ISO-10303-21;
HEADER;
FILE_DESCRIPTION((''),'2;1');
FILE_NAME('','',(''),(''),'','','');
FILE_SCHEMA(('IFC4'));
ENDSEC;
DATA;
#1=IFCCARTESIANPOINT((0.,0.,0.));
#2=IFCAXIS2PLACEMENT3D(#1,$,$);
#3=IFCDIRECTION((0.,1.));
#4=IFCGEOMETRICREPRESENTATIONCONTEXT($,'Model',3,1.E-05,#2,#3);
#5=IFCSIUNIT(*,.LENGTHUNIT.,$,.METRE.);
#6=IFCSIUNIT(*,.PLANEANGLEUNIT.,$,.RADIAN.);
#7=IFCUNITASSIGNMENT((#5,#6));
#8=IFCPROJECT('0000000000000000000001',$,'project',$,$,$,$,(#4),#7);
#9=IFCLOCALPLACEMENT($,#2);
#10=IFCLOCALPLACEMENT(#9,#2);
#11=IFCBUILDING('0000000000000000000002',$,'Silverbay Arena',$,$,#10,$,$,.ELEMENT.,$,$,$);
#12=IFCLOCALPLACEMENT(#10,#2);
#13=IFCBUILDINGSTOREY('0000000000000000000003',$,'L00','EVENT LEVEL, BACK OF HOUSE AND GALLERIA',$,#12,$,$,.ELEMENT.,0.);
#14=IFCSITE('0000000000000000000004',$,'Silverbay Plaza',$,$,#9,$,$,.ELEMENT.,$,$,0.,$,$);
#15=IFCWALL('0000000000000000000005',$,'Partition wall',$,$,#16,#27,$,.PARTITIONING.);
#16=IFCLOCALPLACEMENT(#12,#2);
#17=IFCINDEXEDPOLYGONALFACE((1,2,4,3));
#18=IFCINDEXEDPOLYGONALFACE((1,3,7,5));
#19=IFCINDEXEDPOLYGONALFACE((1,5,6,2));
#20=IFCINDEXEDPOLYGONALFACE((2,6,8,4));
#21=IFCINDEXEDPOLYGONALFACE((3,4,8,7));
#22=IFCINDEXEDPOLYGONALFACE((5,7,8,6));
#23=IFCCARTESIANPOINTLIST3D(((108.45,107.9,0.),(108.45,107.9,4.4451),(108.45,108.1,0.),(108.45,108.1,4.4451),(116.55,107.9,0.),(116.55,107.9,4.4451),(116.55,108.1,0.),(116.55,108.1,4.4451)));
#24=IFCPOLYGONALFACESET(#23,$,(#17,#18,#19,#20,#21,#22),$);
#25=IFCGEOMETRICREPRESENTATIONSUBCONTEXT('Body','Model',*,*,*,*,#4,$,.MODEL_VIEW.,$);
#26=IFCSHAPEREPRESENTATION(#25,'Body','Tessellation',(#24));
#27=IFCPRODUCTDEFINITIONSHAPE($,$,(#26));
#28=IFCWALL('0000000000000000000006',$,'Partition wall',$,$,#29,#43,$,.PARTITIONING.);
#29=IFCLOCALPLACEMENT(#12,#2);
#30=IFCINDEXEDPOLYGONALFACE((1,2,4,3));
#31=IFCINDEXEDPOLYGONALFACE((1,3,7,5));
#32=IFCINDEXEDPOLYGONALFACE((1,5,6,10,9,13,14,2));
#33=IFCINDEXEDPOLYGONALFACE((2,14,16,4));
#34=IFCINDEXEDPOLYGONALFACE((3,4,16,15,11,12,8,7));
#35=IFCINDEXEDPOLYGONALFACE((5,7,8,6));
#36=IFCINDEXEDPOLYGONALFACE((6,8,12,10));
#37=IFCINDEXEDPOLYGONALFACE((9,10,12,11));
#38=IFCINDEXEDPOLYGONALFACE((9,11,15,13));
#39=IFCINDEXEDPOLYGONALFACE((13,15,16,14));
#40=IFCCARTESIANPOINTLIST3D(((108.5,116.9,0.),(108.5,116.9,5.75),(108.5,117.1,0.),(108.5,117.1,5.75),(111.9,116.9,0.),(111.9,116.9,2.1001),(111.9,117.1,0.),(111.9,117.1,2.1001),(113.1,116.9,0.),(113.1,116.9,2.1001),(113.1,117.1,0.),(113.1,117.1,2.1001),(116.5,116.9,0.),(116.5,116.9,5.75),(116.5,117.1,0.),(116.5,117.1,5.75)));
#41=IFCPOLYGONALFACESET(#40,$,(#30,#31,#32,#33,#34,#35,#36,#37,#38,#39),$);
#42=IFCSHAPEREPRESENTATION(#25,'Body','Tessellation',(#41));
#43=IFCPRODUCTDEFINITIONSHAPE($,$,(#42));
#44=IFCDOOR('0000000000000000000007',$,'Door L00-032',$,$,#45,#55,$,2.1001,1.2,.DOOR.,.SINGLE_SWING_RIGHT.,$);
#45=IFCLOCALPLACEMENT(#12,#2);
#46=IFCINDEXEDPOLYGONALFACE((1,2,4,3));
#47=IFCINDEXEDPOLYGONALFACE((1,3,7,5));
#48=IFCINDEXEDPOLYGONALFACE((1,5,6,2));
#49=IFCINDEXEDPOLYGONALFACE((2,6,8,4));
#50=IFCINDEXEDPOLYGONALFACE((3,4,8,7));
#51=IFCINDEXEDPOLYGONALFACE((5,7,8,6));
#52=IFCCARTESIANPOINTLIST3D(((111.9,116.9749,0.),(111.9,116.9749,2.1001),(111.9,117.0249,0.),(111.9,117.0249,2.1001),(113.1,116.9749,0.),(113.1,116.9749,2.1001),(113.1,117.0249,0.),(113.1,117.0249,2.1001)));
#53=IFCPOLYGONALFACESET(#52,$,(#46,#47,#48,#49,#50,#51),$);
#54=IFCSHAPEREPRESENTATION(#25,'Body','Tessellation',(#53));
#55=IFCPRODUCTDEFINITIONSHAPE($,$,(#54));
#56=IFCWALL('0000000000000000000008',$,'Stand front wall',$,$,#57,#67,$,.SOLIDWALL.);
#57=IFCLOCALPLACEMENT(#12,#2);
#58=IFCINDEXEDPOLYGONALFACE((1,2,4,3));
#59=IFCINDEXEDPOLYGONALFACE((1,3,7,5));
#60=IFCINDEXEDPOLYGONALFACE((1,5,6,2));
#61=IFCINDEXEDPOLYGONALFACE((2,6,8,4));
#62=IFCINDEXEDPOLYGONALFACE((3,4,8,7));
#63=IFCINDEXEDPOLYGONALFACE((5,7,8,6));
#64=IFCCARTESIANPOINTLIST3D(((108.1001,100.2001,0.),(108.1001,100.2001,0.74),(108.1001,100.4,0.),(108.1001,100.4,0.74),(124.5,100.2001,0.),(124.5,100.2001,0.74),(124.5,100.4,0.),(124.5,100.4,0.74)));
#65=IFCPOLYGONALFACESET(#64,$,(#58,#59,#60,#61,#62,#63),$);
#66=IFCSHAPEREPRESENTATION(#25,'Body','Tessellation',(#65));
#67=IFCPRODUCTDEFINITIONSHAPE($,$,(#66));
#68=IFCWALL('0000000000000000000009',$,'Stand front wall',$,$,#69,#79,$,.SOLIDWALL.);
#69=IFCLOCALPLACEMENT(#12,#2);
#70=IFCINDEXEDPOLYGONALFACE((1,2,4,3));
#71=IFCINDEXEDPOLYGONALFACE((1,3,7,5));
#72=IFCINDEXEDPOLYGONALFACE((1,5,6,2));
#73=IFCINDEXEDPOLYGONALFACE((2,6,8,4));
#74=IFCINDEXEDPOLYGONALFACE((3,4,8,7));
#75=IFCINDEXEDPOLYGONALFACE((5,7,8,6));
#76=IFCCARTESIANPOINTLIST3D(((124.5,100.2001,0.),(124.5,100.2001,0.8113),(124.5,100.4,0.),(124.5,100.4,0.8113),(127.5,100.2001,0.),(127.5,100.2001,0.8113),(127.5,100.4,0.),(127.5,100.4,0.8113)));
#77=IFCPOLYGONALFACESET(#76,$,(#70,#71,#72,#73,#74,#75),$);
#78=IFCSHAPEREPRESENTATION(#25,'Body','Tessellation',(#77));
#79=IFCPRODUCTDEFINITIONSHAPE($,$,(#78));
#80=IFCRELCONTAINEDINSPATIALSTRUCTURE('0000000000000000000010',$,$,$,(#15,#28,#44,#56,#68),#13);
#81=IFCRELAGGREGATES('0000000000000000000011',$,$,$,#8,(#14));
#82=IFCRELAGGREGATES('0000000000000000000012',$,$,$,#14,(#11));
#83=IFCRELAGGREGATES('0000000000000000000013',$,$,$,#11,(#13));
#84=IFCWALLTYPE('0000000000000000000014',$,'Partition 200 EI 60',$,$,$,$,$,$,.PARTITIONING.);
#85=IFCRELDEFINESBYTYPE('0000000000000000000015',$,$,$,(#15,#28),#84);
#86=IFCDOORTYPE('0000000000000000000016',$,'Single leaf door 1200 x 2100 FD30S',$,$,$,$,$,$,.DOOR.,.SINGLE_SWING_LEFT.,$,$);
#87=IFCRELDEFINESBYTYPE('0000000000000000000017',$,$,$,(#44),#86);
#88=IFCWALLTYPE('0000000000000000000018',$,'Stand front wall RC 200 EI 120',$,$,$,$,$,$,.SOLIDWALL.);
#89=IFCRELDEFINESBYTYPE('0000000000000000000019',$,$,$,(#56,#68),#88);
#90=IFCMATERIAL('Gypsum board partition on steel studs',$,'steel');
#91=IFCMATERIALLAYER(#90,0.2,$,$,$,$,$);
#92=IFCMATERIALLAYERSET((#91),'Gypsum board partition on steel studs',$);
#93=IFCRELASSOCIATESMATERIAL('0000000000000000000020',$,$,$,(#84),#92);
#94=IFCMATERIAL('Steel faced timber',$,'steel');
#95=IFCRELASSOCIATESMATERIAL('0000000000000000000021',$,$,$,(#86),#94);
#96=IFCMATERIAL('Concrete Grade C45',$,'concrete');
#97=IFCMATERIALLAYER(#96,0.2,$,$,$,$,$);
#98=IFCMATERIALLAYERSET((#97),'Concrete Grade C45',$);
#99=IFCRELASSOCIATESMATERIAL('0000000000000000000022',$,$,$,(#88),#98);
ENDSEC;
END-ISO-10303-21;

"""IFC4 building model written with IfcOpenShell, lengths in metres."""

from ifc_helpers import new_model, si_unit, direction, frame, frame_2d, origin, place, context, subcontext, project, spatial, rectangle, extrude, material, layer, layer_set, type_object, element, fill, save


model = new_model("IFC4")

# Units and contexts
model_context = context("Model", 3, precision=1e-05, world=origin(), true_north=direction((0.0, 1.0)))
body_context = subcontext(model_context, "Body", "Model", "MODEL_VIEW")
ifc_project = project(units=[si_unit("LENGTHUNIT", "METRE"), si_unit("PLANEANGLEUNIT", "RADIAN")], contexts=[model_context])

# Site, building, storey
site_placement = place(None, origin())
site = spatial("IfcSite", under=ifc_project, at=site_placement, Name="Silverbay Plaza", CompositionType="ELEMENT", RefElevation=0.0)
building_placement = place(site_placement, origin())
building = spatial("IfcBuilding", under=site, at=building_placement, Name="Silverbay Arena", CompositionType="ELEMENT")
storey_placement = place(building_placement, origin())
storey = spatial("IfcBuildingStorey", under=building, at=storey_placement, Name="L00", Description="EVENT LEVEL, BACK OF HOUSE AND GALLERIA", CompositionType="ELEMENT", Elevation=0.0)

# Wall
ifc_material_1 = material(Name="Gypsum board partition on steel studs", Category="steel")
ifc_layer_1 = layer(ifc_material_1, 0.2)
ifc_layer_set_1 = layer_set([ifc_layer_1], Name="Gypsum board partition on steel studs")
wall_type_1 = type_object("IfcWallType", Name="Partition 200 EI 60", PredefinedType="PARTITIONING", material=ifc_layer_set_1)
for number, where, z_axis, x_axis, name in (
    (1, (108.45, 108.0, 0.0), (0.0, 0.0, 1.0), (1.0, 0.0, 0.0), "Partition wall"),
):
    element("IfcWall", number, at=place(storey_placement, frame(where, z_axis=z_axis, x_axis=x_axis)), inside=storey, type_object=wall_type_1, Name=name, PredefinedType="PARTITIONING", context=body_context, shape_type="SweptSolid", body=[
        extrude(rectangle(XDim=8.1001, YDim=0.2, at=frame_2d((4.05, 0.0))), origin(), (0.0, 0.0, 1.0), 4.4451),
    ])

# Wall, opening, door
wall_1_placement = place(storey_placement, frame((108.5, 117.0, 0.0), z_axis=(0.0, 0.0, 1.0), x_axis=(1.0, 0.0, 0.0)))
wall_1 = element("IfcWall", 2, at=wall_1_placement, inside=storey, type_object=wall_type_1, Name="Partition wall", PredefinedType="PARTITIONING", context=body_context, shape_type="SweptSolid", body=[
    extrude(rectangle(XDim=8.0, YDim=0.2, at=frame_2d((4.0, 0.0))), origin(), (0.0, 0.0, 1.0), 5.75),
])
opening_1_placement = place(wall_1_placement, frame((3.3999, 0.0, 0.0)))
opening_1 = element("IfcOpeningElement", 3, at=opening_1_placement, cuts=wall_1, PredefinedType="OPENING", context=body_context, shape_type="SweptSolid", body=[
    extrude(rectangle(XDim=1.2, YDim=2.1001, at=frame_2d((0.6001, 1.05))), frame((0.0, 0.1099, 0.0), z_axis=(0.0, -1.0, 0.0), x_axis=(1.0, 0.0, 0.0)), (0.0, 0.0, 1.0), 0.22),
])
ifc_material_2 = material(Name="Steel faced timber", Category="steel")
door_type_1 = type_object("IfcDoorType", Name="Single leaf door 1200 x 2100 FD30S", OperationType="SINGLE_SWING_LEFT", PredefinedType="DOOR", material=ifc_material_2)
door_1_placement = place(opening_1_placement, origin())
door_1 = element("IfcDoor", 4, at=door_1_placement, inside=storey, type_object=door_type_1, Name="Door L00-032", OperationType="SINGLE_SWING_RIGHT", OverallHeight=2.1001, OverallWidth=1.2, PredefinedType="DOOR", context=body_context, shape_type="SweptSolid", body=[
    extrude(rectangle(XDim=1.2, YDim=2.1001, at=frame_2d((0.6001, 1.05))), frame((0.0, 0.0249, 0.0), z_axis=(0.0, -1.0, 0.0), x_axis=(1.0, 0.0, 0.0)), (0.0, 0.0, 1.0), 0.05),
])
fill(opening_1, door_1)

# Walls
ifc_material_3 = material(Name="Concrete Grade C45", Category="concrete")
ifc_layer_2 = layer(ifc_material_3, 0.2)
ifc_layer_set_2 = layer_set([ifc_layer_2], Name="Concrete Grade C45")
wall_type_2 = type_object("IfcWallType", Name="Stand front wall RC 200 EI 120", PredefinedType="SOLIDWALL", material=ifc_layer_set_2)
wall_2_placement = place(storey_placement, frame((108.1001, 100.3, 0.0), z_axis=(0.0, 0.0, 1.0), x_axis=(1.0, 0.0, 0.0)))
element("IfcWall", 5, at=wall_2_placement, inside=storey, type_object=wall_type_2, Name="Stand front wall", PredefinedType="SOLIDWALL", context=body_context, shape_type="SweptSolid", body=[
    extrude(rectangle(XDim=16.3999, YDim=0.2, at=frame_2d((8.2, 0.0))), origin(), (0.0, 0.0, 1.0), 0.74),
])
wall_3_placement = place(storey_placement, frame((124.5, 100.3, 0.0), z_axis=(0.0, 0.0, 1.0), x_axis=(1.0, 0.0, 0.0)))
element("IfcWall", 6, at=wall_3_placement, inside=storey, type_object=wall_type_2, Name="Stand front wall", PredefinedType="SOLIDWALL", context=body_context, shape_type="SweptSolid", body=[
    extrude(rectangle(XDim=3.0, YDim=0.2, at=frame_2d((1.5, 0.0))), origin(), (0.0, 0.0, 1.0), 0.8113),
])

save(model, "model.ifc")
